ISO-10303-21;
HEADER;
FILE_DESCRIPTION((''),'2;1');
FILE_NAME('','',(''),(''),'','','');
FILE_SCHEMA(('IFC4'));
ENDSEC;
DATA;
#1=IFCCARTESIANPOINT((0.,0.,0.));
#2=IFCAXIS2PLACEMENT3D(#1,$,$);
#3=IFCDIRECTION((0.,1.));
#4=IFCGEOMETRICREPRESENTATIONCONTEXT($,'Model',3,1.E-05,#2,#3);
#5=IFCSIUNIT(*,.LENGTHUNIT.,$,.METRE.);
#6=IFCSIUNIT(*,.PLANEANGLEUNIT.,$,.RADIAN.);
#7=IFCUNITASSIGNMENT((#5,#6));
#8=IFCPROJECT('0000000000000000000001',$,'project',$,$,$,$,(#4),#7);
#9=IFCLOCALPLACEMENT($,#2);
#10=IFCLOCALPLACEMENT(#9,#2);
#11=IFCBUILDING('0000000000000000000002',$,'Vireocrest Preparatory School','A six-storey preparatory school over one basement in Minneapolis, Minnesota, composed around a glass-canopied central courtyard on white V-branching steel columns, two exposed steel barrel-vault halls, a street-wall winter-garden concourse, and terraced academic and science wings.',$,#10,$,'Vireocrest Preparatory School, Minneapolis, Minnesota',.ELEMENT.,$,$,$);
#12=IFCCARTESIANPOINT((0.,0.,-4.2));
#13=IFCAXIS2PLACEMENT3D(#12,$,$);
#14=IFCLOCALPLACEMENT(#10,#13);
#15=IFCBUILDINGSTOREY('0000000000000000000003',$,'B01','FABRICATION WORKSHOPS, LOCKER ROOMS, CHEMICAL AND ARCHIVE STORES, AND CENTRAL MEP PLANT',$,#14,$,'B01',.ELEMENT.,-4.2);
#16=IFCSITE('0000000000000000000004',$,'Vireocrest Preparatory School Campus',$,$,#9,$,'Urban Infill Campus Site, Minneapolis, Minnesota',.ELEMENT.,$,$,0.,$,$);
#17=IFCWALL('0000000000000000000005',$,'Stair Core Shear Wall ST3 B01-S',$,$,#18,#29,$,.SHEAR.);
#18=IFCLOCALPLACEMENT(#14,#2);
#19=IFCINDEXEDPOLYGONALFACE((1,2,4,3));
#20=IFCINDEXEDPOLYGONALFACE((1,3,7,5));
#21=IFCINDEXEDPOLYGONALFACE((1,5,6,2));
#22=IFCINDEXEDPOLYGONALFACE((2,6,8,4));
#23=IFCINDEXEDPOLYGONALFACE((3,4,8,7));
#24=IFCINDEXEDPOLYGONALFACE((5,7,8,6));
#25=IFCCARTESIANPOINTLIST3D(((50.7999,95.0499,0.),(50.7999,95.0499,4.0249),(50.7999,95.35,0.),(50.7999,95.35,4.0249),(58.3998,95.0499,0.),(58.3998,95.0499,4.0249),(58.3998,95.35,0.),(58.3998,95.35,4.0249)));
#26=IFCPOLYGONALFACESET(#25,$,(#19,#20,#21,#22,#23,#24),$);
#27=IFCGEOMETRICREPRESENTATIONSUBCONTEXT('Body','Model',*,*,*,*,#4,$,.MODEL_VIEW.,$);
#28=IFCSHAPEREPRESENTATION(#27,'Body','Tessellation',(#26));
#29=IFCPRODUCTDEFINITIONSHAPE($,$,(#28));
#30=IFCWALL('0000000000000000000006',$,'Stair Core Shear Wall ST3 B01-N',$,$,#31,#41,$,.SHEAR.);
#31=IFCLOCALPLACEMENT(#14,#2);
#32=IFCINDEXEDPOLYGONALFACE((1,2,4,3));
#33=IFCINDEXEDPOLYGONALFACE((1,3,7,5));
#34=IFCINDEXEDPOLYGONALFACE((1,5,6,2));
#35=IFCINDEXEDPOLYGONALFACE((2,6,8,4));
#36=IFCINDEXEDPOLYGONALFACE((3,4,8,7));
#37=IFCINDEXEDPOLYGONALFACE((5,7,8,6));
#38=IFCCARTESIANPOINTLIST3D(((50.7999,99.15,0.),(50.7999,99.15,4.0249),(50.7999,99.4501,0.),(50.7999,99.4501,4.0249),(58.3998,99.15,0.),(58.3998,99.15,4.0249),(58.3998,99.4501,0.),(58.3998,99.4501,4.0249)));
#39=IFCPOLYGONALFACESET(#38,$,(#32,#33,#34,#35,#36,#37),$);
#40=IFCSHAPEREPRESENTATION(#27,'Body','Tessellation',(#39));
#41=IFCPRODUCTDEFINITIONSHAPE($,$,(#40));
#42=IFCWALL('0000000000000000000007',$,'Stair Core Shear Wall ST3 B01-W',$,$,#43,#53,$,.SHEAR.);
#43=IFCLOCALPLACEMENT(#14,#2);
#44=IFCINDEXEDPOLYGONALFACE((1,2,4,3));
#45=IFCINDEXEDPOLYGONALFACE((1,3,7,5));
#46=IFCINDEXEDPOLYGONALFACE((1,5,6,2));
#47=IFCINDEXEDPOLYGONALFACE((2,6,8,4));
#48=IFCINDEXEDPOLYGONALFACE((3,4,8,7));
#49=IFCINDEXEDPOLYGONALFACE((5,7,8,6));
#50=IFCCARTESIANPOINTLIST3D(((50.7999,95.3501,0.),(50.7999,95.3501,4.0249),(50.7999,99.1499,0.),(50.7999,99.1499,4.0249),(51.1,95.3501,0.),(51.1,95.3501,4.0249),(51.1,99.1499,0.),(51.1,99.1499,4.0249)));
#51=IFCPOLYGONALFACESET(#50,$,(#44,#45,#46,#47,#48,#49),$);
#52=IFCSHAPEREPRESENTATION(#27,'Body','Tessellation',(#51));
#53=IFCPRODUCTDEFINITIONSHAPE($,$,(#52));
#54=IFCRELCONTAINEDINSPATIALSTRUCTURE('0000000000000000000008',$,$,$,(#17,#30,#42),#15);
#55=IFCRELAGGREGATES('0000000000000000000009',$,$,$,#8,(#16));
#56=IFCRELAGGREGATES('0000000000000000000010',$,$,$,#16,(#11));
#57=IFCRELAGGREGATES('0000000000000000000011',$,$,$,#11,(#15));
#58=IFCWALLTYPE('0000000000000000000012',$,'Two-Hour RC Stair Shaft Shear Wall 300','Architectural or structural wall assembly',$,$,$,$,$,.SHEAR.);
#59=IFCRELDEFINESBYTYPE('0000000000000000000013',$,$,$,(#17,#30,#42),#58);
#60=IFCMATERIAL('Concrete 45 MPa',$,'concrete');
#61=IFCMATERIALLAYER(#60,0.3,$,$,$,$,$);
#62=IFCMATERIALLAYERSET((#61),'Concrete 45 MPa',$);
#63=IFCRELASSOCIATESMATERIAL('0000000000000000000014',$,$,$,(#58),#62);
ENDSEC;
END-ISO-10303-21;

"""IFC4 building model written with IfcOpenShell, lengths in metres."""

from ifc_helpers import new_model, si_unit, direction, frame, frame_2d, origin, place, context, subcontext, project, spatial, rectangle, extrude, material, layer, layer_set, type_object, element, save


model = new_model("IFC4")

# Units and contexts
model_context = context("Model", 3, precision=1e-05, world=origin(), true_north=direction((0.0, 1.0)))
body_context = subcontext(model_context, "Body", "Model", "MODEL_VIEW")
ifc_project = project(units=[si_unit("LENGTHUNIT", "METRE"), si_unit("PLANEANGLEUNIT", "RADIAN")], contexts=[model_context])

# Site, building, storey
site_placement = place(None, origin())
site = spatial("IfcSite", under=ifc_project, at=site_placement, Name="Vireocrest Preparatory School Campus", LongName="Urban Infill Campus Site, Minneapolis, Minnesota", CompositionType="ELEMENT", RefElevation=0.0)
building_placement = place(site_placement, origin())
building = spatial("IfcBuilding", under=site, at=building_placement, Name="Vireocrest Preparatory School", Description="A six-storey preparatory school over one basement in Minneapolis, Minnesota, composed around a glass-canopied central courtyard on white V-branching steel columns, two exposed steel barrel-vault halls, a street-wall winter-garden concourse, and terraced academic and science wings.", LongName="Vireocrest Preparatory School, Minneapolis, Minnesota", CompositionType="ELEMENT")
storey_placement = place(building_placement, frame((0.0, 0.0, -4.2)))
storey = spatial("IfcBuildingStorey", under=building, at=storey_placement, Name="B01", Description="FABRICATION WORKSHOPS, LOCKER ROOMS, CHEMICAL AND ARCHIVE STORES, AND CENTRAL MEP PLANT", LongName="B01", CompositionType="ELEMENT", Elevation=-4.2)

# Shared definitions
ifc_material_1 = material(Name="Concrete 45 MPa", Category="concrete")

# Walls
ifc_layer_1 = layer(ifc_material_1, 0.3)
ifc_layer_set_1 = layer_set([ifc_layer_1], Name="Concrete 45 MPa")
wall_type_1 = type_object("IfcWallType", Name="Two-Hour RC Stair Shaft Shear Wall 300", Description="Architectural or structural wall assembly", PredefinedType="SHEAR", material=ifc_layer_set_1)
for number, where, z_axis, x_axis, name in (
    (1, (50.8, 95.2, 0.0), (0.0, 0.0, 1.0), (1.0, 0.0, 0.0), "Stair Core Shear Wall ST3 B01-S"),
    (2, (50.8, 99.3, 0.0), (0.0, 0.0, 1.0), (1.0, 0.0, 0.0), "Stair Core Shear Wall ST3 B01-N"),
):
    element("IfcWall", number, at=place(storey_placement, frame(where, z_axis=z_axis, x_axis=x_axis)), inside=storey, type_object=wall_type_1, Name=name, PredefinedType="SHEAR", context=body_context, shape_type="SweptSolid", body=[
        extrude(rectangle(XDim=7.5999, YDim=0.3, at=frame_2d((3.7998, 0.0))), origin(), (0.0, 0.0, 1.0), 4.0249),
    ])
wall_1_placement = place(storey_placement, frame((50.95, 95.3501, 0.0), z_axis=(0.0, 0.0, 1.0), x_axis=(0.0, 1.0, 0.0)))
element("IfcWall", 3, at=wall_1_placement, inside=storey, type_object=wall_type_1, Name="Stair Core Shear Wall ST3 B01-W", PredefinedType="SHEAR", context=body_context, shape_type="SweptSolid", body=[
    extrude(rectangle(XDim=3.7998, YDim=0.3, at=frame_2d((1.8999, 0.0))), origin(), (0.0, 0.0, 1.0), 4.0249),
])

save(model, "model.ifc")
